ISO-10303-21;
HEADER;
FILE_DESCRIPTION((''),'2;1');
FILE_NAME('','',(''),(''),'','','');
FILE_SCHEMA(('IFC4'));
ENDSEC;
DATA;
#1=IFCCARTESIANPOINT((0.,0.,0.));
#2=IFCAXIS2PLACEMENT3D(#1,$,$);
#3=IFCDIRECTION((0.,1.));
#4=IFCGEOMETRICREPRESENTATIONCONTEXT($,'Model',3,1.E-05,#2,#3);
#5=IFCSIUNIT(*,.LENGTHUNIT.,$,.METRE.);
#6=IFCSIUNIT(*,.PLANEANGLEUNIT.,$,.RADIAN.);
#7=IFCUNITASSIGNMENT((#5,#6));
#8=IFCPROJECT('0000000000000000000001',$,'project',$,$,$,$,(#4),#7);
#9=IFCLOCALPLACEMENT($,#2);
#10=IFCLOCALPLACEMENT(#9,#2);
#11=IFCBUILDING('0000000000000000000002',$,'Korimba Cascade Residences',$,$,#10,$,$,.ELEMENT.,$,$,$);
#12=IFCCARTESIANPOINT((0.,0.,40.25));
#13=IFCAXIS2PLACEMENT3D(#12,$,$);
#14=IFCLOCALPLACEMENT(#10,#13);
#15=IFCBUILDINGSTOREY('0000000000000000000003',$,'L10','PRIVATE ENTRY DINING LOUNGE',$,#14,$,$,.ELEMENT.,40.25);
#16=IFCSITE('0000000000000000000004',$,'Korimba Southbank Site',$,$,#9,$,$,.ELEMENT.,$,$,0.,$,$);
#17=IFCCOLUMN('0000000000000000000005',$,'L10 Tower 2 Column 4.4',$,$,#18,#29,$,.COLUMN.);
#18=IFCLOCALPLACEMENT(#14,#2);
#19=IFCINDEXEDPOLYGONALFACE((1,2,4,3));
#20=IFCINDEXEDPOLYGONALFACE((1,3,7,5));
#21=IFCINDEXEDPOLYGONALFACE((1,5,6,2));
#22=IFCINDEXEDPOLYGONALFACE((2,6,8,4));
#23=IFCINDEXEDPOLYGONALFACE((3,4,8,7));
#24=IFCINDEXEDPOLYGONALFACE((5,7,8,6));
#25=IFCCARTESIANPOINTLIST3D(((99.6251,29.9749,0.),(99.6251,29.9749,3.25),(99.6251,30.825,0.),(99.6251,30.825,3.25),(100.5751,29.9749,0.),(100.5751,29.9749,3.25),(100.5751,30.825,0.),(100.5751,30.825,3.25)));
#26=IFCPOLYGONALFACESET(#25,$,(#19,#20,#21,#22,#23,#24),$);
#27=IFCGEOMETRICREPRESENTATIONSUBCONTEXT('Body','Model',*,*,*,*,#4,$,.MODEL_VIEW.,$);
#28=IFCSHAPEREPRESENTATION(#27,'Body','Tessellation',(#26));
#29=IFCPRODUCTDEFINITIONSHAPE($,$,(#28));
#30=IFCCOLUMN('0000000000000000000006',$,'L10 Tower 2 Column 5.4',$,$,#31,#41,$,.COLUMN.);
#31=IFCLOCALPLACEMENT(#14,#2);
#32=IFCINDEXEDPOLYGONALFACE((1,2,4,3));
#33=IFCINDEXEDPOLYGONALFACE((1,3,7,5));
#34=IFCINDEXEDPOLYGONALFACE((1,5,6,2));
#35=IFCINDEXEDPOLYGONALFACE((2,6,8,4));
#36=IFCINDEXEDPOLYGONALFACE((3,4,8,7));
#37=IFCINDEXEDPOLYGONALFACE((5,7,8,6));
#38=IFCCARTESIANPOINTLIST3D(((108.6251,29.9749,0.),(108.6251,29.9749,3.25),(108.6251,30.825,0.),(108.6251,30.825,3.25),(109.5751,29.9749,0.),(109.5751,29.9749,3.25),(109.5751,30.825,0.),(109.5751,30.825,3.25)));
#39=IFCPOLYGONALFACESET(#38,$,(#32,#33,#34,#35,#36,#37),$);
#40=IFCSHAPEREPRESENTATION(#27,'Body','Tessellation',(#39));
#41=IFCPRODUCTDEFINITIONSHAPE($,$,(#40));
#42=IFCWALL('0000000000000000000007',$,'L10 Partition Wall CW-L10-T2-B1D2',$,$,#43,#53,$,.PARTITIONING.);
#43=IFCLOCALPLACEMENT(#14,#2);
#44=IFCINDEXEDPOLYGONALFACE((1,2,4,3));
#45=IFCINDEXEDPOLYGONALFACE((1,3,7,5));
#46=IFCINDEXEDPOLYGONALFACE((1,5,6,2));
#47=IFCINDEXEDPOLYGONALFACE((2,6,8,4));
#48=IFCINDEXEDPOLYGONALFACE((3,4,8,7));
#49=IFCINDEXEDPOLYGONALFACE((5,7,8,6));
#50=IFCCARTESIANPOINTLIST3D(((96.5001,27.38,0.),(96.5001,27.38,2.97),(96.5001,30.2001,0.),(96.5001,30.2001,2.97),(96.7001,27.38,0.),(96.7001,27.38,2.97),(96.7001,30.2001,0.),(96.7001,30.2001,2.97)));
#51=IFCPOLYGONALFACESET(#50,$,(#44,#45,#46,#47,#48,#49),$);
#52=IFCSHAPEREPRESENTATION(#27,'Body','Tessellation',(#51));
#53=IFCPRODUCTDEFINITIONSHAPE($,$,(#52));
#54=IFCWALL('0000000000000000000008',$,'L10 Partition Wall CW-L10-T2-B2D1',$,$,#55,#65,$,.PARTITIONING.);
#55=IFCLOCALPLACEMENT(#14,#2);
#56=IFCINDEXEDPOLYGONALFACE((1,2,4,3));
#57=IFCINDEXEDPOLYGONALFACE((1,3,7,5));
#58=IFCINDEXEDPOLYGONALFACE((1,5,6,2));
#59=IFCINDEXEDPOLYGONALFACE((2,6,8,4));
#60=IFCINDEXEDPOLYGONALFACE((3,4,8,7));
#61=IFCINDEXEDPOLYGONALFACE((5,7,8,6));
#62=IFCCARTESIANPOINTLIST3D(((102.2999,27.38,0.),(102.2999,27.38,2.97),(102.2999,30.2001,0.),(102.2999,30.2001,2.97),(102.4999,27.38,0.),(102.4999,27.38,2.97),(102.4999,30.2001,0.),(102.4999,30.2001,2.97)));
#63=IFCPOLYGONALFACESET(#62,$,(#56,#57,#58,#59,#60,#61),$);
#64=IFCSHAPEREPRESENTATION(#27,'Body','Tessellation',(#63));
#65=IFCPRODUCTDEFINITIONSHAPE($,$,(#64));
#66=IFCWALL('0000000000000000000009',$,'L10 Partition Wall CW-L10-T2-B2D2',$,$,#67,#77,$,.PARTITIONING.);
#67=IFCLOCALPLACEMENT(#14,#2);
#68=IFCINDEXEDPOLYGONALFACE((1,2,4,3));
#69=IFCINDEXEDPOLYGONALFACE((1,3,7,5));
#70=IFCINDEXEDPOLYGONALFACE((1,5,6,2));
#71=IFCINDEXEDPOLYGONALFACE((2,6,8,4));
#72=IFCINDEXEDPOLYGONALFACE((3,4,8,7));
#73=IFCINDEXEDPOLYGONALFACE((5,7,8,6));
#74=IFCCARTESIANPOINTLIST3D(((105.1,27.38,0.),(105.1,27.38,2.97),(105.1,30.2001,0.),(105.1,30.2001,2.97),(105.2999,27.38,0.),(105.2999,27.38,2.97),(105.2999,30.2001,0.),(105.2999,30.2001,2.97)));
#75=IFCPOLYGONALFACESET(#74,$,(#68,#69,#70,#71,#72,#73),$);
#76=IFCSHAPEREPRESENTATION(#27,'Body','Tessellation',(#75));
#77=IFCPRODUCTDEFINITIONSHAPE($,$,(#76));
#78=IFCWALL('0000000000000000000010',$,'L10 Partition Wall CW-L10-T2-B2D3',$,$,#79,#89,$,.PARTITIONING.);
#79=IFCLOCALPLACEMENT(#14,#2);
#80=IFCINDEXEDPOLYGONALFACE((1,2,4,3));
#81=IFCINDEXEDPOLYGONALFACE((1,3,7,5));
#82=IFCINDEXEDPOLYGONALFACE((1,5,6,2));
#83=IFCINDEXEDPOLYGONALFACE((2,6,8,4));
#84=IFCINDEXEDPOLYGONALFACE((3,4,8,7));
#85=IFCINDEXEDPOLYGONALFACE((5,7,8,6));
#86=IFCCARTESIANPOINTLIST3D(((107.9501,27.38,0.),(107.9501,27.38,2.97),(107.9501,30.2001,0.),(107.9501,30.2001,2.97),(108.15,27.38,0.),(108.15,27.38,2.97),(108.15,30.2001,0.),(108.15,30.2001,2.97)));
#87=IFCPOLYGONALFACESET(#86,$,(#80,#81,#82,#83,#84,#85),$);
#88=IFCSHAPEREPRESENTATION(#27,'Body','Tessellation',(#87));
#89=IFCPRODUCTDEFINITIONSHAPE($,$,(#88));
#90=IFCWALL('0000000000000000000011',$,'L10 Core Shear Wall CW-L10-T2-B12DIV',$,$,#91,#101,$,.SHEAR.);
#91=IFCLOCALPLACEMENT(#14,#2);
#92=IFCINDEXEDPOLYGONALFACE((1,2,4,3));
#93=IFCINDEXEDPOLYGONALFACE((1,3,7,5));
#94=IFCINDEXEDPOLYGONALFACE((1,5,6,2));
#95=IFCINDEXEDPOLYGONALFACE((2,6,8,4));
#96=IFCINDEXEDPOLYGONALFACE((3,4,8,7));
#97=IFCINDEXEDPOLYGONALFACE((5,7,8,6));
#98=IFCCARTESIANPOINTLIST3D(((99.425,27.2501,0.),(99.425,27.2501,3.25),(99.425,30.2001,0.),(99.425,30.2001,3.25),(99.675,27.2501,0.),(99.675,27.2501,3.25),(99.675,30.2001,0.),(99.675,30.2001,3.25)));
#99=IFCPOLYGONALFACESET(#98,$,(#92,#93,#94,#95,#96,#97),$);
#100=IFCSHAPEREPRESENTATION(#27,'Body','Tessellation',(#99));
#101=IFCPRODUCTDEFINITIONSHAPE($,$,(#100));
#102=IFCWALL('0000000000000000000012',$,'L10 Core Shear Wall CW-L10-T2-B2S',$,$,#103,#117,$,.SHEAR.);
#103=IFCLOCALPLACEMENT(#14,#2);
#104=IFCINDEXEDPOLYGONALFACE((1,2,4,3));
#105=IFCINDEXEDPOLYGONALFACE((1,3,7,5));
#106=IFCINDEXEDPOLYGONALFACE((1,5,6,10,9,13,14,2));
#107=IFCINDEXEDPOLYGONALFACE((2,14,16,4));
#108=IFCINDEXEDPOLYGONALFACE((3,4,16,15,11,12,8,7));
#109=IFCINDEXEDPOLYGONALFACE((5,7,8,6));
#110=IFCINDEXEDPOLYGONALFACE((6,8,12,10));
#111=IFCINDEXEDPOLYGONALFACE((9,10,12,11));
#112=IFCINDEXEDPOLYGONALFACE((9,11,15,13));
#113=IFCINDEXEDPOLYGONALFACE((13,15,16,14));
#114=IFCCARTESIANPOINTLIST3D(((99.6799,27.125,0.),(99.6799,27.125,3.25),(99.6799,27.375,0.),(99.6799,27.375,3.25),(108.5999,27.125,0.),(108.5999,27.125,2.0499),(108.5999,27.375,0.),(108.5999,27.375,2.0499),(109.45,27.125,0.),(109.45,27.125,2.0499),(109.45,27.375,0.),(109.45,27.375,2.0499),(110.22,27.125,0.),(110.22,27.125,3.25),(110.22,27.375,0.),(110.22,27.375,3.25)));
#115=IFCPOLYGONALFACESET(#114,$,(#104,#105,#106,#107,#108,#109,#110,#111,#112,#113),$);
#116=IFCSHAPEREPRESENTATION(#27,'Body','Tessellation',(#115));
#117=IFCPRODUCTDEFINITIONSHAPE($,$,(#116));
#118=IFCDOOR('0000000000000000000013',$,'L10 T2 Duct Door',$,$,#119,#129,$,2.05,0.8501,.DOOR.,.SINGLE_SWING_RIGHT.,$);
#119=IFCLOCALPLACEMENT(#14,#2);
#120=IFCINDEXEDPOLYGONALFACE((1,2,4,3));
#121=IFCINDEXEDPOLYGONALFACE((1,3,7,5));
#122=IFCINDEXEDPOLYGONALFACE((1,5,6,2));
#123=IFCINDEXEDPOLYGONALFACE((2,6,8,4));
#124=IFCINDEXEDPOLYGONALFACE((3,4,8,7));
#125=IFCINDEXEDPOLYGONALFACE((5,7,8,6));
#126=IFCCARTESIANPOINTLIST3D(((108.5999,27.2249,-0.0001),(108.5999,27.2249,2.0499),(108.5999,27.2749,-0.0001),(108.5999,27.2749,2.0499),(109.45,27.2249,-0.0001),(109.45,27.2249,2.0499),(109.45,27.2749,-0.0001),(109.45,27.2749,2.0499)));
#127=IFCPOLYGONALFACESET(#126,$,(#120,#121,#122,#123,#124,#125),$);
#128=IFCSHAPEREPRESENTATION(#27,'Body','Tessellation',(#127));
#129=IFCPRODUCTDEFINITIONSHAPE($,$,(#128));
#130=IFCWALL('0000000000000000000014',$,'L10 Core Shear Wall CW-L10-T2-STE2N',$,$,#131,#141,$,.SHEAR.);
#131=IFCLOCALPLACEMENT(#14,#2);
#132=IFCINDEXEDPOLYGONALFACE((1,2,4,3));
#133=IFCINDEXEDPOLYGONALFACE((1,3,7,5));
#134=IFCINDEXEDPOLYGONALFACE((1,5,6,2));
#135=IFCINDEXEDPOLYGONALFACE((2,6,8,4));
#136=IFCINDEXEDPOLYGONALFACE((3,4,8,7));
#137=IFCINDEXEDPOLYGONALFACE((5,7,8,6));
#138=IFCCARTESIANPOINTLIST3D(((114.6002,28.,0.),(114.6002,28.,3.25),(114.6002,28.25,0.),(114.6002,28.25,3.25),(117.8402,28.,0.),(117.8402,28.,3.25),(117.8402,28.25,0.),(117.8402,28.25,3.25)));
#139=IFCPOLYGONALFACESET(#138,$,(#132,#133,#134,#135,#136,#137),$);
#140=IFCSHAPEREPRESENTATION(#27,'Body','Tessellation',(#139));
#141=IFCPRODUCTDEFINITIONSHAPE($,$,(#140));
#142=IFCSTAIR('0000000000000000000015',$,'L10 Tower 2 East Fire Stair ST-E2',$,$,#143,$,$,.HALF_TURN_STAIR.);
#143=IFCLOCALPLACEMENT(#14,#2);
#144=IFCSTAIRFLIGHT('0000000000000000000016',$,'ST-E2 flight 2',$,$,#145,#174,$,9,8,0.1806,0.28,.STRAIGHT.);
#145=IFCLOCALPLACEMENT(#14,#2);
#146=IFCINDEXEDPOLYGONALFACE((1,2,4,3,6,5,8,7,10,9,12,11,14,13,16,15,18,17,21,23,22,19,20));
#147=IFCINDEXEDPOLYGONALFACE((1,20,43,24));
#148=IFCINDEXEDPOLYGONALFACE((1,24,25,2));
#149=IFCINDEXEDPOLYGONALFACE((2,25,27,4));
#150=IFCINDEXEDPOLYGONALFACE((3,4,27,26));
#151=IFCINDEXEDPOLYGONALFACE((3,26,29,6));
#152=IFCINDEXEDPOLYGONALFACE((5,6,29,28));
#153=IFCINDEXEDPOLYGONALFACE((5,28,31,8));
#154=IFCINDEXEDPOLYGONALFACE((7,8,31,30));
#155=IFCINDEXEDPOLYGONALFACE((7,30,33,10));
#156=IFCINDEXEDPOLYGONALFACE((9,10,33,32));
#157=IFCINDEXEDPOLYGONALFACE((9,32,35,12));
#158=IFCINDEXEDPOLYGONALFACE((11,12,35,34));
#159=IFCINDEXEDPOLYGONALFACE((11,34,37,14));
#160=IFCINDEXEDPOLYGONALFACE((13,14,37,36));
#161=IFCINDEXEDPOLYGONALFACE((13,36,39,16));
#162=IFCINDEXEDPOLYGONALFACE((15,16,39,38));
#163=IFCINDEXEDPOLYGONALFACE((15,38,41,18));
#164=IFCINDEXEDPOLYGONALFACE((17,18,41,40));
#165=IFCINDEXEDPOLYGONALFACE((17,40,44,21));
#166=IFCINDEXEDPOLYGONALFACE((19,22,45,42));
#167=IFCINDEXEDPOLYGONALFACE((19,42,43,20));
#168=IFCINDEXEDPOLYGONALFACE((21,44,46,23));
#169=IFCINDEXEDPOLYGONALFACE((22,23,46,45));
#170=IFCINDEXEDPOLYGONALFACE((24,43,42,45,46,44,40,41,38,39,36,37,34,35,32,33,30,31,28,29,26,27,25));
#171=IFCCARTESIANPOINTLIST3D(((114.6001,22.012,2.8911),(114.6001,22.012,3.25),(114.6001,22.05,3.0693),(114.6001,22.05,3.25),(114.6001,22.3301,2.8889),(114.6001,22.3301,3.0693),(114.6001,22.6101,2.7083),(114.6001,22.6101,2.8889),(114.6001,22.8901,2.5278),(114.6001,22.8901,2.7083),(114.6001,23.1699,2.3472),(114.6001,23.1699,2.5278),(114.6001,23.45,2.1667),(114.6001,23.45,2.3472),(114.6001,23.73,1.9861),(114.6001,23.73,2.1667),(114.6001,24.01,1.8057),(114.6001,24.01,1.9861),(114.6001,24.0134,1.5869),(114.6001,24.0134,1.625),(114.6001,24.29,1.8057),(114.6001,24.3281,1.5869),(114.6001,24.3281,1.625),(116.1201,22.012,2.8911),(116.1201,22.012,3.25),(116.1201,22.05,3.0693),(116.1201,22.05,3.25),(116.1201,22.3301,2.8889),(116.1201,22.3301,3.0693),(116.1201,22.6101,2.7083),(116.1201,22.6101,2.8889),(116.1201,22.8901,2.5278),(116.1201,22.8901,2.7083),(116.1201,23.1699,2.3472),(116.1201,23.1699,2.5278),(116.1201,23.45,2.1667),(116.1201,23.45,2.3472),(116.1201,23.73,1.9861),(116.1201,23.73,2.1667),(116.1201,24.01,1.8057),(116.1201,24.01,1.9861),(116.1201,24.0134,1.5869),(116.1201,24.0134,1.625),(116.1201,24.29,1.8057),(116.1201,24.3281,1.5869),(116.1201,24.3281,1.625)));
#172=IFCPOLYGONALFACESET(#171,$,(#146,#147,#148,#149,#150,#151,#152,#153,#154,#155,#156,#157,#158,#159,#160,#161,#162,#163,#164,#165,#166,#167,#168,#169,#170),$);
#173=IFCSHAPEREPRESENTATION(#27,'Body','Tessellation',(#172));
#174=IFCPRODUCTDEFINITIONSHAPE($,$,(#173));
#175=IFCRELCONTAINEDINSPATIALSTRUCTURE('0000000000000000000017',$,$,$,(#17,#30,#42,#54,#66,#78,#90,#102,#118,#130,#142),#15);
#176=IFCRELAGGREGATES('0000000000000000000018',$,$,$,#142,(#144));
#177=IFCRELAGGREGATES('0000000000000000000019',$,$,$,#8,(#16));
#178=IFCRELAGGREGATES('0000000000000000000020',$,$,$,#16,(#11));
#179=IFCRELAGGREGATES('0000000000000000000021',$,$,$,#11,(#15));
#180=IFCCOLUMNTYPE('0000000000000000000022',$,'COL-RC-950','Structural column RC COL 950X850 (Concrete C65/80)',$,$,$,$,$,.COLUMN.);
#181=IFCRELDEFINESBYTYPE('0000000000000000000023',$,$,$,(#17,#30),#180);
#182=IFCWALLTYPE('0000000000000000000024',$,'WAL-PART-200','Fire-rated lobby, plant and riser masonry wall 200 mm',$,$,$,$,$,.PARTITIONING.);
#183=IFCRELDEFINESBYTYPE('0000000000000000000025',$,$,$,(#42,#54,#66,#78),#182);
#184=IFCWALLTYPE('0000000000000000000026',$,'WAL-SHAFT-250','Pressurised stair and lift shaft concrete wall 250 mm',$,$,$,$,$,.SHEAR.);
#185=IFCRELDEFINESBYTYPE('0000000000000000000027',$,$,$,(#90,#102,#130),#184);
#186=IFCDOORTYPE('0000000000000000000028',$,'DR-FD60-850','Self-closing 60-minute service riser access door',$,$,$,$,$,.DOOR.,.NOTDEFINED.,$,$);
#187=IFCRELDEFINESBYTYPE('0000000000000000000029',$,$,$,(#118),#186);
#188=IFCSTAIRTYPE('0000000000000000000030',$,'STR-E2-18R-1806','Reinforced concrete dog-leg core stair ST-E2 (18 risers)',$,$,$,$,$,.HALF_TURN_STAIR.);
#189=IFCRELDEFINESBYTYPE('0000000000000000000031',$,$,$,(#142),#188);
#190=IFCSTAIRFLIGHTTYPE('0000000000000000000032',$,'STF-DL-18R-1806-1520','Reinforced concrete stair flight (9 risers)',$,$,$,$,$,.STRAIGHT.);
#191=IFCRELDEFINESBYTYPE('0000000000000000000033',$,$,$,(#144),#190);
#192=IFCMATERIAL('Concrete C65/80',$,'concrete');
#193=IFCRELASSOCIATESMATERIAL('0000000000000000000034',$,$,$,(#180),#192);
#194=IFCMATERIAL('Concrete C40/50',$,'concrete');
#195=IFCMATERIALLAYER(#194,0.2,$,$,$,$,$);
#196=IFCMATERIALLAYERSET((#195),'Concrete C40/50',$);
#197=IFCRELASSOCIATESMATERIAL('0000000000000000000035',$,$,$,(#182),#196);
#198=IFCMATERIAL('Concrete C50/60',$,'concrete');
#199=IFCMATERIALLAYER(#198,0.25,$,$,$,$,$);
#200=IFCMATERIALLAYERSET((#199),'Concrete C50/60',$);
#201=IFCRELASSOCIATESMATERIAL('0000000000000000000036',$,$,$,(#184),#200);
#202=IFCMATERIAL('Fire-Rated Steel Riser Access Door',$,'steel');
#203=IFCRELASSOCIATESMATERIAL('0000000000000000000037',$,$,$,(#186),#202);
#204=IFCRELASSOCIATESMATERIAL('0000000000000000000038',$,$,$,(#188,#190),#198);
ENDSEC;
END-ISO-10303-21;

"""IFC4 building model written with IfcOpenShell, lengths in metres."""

from ifc_helpers import new_model, si_unit, direction, frame, frame_2d, origin, origin_2d, place, context, subcontext, project, spatial, polyline, rectangle, outline, extrude, material, layer, layer_set, material_profile, profile_set, type_object, element, fill, aggregate, save


model = new_model("IFC4")

# Units and contexts
model_context = context("Model", 3, precision=1e-05, world=origin(), true_north=direction((0.0, 1.0)))
body_context = subcontext(model_context, "Body", "Model", "MODEL_VIEW")
ifc_project = project(units=[si_unit("LENGTHUNIT", "METRE"), si_unit("PLANEANGLEUNIT", "RADIAN")], contexts=[model_context])

# Site, building, storey
site_placement = place(None, origin())
site = spatial("IfcSite", under=ifc_project, at=site_placement, Name="Korimba Southbank Site", CompositionType="ELEMENT", RefElevation=0.0)
building_placement = place(site_placement, origin())
building = spatial("IfcBuilding", under=site, at=building_placement, Name="Korimba Cascade Residences", CompositionType="ELEMENT")
storey_placement = place(building_placement, frame((0.0, 0.0, 40.25)))
storey = spatial("IfcBuildingStorey", under=building, at=storey_placement, Name="L10", Description="PRIVATE ENTRY DINING LOUNGE", CompositionType="ELEMENT", Elevation=40.25)

# Columns
ifc_material_1 = material(Name="Concrete C65/80", Category="concrete")
ifc_material_profile = material_profile(ifc_material_1, rectangle(XDim=0.95, YDim=0.8501, at=origin_2d()), Name="Concrete C65/80")
ifc_profile_set = profile_set([ifc_material_profile], Name="Concrete C65/80")
column_type = type_object("IfcColumnType", Name="COL-RC-950", Description="Structural column RC COL 950X850 (Concrete C65/80)", PredefinedType="COLUMN", material=ifc_profile_set)
for number, where, z_axis, x_axis, name in (
    (1, (100.1001, 30.3999, 0.0), (0.0, 0.0, 1.0), (1.0, 0.0, 0.0), "L10 Tower 2 Column 4.4"),
    (2, (109.1001, 30.3999, 0.0), (0.0, 0.0, 1.0), (1.0, 0.0, 0.0), "L10 Tower 2 Column 5.4"),
):
    element("IfcColumn", number, at=place(storey_placement, frame(where, z_axis=z_axis, x_axis=x_axis)), inside=storey, type_object=column_type, Name=name, PredefinedType="COLUMN", context=body_context, shape_type="SweptSolid", body=[
        extrude(rectangle(XDim=0.95, YDim=0.8501, at=origin_2d()), origin(), (0.0, 0.0, 1.0), 3.25),
    ])

# Walls
ifc_material_2 = material(Name="Concrete C40/50", Category="concrete")
ifc_layer_1 = layer(ifc_material_2, 0.2)
ifc_layer_set_1 = layer_set([ifc_layer_1], Name="Concrete C40/50")
wall_type_1 = type_object("IfcWallType", Name="WAL-PART-200", Description="Fire-rated lobby, plant and riser masonry wall 200 mm", PredefinedType="PARTITIONING", material=ifc_layer_set_1)
for number, where, z_axis, x_axis, name in (
    (3, (96.6001, 27.3799, 0.0), (0.0, 0.0, 1.0), (0.0, 1.0, 0.0), "L10 Partition Wall CW-L10-T2-B1D2"),
    (4, (102.3999, 27.3799, 0.0), (0.0, 0.0, 1.0), (0.0, 1.0, 0.0), "L10 Partition Wall CW-L10-T2-B2D1"),
    (5, (105.2, 27.3799, 0.0), (0.0, 0.0, 1.0), (0.0, 1.0, 0.0), "L10 Partition Wall CW-L10-T2-B2D2"),
    (6, (108.05, 27.3799, 0.0), (0.0, 0.0, 1.0), (0.0, 1.0, 0.0), "L10 Partition Wall CW-L10-T2-B2D3"),
):
    element("IfcWall", number, at=place(storey_placement, frame(where, z_axis=z_axis, x_axis=x_axis)), inside=storey, type_object=wall_type_1, Name=name, PredefinedType="PARTITIONING", context=body_context, shape_type="SweptSolid", body=[
        extrude(rectangle(XDim=2.8201, YDim=0.2, at=frame_2d((1.4102, 0.0))), origin(), (0.0, 0.0, 1.0), 2.97),
    ])
ifc_material_3 = material(Name="Concrete C50/60", Category="concrete")
ifc_layer_2 = layer(ifc_material_3, 0.25)
ifc_layer_set_2 = layer_set([ifc_layer_2], Name="Concrete C50/60")
wall_type_2 = type_object("IfcWallType", Name="WAL-SHAFT-250", Description="Pressurised stair and lift shaft concrete wall 250 mm", PredefinedType="SHEAR", material=ifc_layer_set_2)
wall_1_placement = place(storey_placement, frame((99.55, 27.25, 0.0), z_axis=(0.0, 0.0, 1.0), x_axis=(0.0, 1.0, 0.0)))
element("IfcWall", 7, at=wall_1_placement, inside=storey, type_object=wall_type_2, Name="L10 Core Shear Wall CW-L10-T2-B12DIV", PredefinedType="SHEAR", context=body_context, shape_type="SweptSolid", body=[
    extrude(rectangle(XDim=2.95, YDim=0.25, at=frame_2d((1.4751, 0.0))), origin(), (0.0, 0.0, 1.0), 3.25),
])

# Wall, opening, door
wall_2_placement = place(storey_placement, frame((99.6799, 27.25, 0.0), z_axis=(0.0, 0.0, 1.0), x_axis=(1.0, 0.0, 0.0)))
wall_2 = element("IfcWall", 8, at=wall_2_placement, inside=storey, type_object=wall_type_2, Name="L10 Core Shear Wall CW-L10-T2-B2S", PredefinedType="SHEAR", context=body_context, shape_type="SweptSolid", body=[
    extrude(rectangle(XDim=10.54, YDim=0.25, at=frame_2d((5.27, 0.0))), origin(), (0.0, 0.0, 1.0), 3.25),
])
opening_placement = place(wall_2_placement, frame((8.9199, 0.0, 0.0)))
opening = element("IfcOpeningElement", 9, at=opening_placement, cuts=wall_2, PredefinedType="OPENING", context=body_context, shape_type="SweptSolid", body=[
    extrude(rectangle(XDim=0.8501, YDim=2.05, at=frame_2d((0.425, 1.0249))), frame((0.0, 0.135, 0.0), z_axis=(0.0, -1.0, 0.0), x_axis=(1.0, 0.0, 0.0)), (0.0, 0.0, 1.0), 0.27),
])
ifc_material_4 = material(Name="Fire-Rated Steel Riser Access Door", Category="steel")
door_type = type_object("IfcDoorType", Name="DR-FD60-850", Description="Self-closing 60-minute service riser access door", OperationType="NOTDEFINED", PredefinedType="DOOR", material=ifc_material_4)
door_placement = place(opening_placement, origin())
door = element("IfcDoor", 10, at=door_placement, inside=storey, type_object=door_type, Name="L10 T2 Duct Door", OperationType="SINGLE_SWING_RIGHT", OverallHeight=2.05, OverallWidth=0.8501, PredefinedType="DOOR", context=body_context, shape_type="SweptSolid", body=[
    extrude(rectangle(XDim=0.8501, YDim=2.05, at=frame_2d((0.425, 1.0249))), frame((0.0, 0.0249, 0.0), z_axis=(0.0, -1.0, 0.0), x_axis=(1.0, 0.0, 0.0)), (0.0, 0.0, 1.0), 0.05),
])
fill(opening, door)

# Wall
wall_3_placement = place(storey_placement, frame((114.6001, 28.125, 0.0), z_axis=(0.0, 0.0, 1.0), x_axis=(1.0, 0.0, 0.0)))
element("IfcWall", 11, at=wall_3_placement, inside=storey, type_object=wall_type_2, Name="L10 Core Shear Wall CW-L10-T2-STE2N", PredefinedType="SHEAR", context=body_context, shape_type="SweptSolid", body=[
    extrude(rectangle(XDim=3.24, YDim=0.25, at=frame_2d((1.6201, 0.0))), origin(), (0.0, 0.0, 1.0), 3.25),
])

# Stair, stair flight
stair_type = type_object("IfcStairType", Name="STR-E2-18R-1806", Description="Reinforced concrete dog-leg core stair ST-E2 (18 risers)", PredefinedType="HALF_TURN_STAIR", material=ifc_material_3)
stair_placement = place(storey_placement, origin())
stair = element("IfcStair", 12, at=stair_placement, inside=storey, type_object=stair_type, Name="L10 Tower 2 East Fire Stair ST-E2", PredefinedType="HALF_TURN_STAIR")
stair_flight_type = type_object("IfcStairFlightType", Name="STF-DL-18R-1806-1520", Description="Reinforced concrete stair flight (9 risers)", PredefinedType="STRAIGHT", material=ifc_material_3)
stair_flight_placement = place(storey_placement, frame((115.3601, 24.29, 1.625), z_axis=(0.0, 0.0, 1.0), x_axis=(0.0, -1.0, 0.0)))
stair_flight = element("IfcStairFlight", 13, at=stair_flight_placement, type_object=stair_flight_type, Name="ST-E2 flight 2", NumberOfRisers=9, NumberOfTreads=8, PredefinedType="STRAIGHT", RiserHeight=0.1806, TreadLength=0.28, context=body_context, shape_type="SweptSolid", body=[
    extrude(outline(polyline([(-0.0381, 0.0), (0.0, 0.1807), (0.28, 0.1807), (0.28, 0.3611), (0.5601, 0.3611), (0.5601, 0.5417), (0.8401, 0.5417), (0.8401, 0.7222), (1.1201, 0.7222), (1.1201, 0.9028), (1.3999, 0.9028), (1.3999, 1.0833), (1.6799, 1.0833), (1.6799, 1.2639), (1.96, 1.2639), (1.96, 1.4443), (2.24, 1.4443), (2.24, 1.625), (2.2781, 1.625), (2.2781, 1.2661), (0.2766, 0.0), (0.2766, -0.0381), (-0.0381, -0.0381), (-0.0381, 0.0)])), frame((0.0, 0.76, 0.0), z_axis=(0.0, -1.0, 0.0), x_axis=(1.0, 0.0, 0.0)), (0.0, 0.0, 1.0), 1.52),
])
aggregate(stair, [stair_flight])

save(model, "model.ifc")
